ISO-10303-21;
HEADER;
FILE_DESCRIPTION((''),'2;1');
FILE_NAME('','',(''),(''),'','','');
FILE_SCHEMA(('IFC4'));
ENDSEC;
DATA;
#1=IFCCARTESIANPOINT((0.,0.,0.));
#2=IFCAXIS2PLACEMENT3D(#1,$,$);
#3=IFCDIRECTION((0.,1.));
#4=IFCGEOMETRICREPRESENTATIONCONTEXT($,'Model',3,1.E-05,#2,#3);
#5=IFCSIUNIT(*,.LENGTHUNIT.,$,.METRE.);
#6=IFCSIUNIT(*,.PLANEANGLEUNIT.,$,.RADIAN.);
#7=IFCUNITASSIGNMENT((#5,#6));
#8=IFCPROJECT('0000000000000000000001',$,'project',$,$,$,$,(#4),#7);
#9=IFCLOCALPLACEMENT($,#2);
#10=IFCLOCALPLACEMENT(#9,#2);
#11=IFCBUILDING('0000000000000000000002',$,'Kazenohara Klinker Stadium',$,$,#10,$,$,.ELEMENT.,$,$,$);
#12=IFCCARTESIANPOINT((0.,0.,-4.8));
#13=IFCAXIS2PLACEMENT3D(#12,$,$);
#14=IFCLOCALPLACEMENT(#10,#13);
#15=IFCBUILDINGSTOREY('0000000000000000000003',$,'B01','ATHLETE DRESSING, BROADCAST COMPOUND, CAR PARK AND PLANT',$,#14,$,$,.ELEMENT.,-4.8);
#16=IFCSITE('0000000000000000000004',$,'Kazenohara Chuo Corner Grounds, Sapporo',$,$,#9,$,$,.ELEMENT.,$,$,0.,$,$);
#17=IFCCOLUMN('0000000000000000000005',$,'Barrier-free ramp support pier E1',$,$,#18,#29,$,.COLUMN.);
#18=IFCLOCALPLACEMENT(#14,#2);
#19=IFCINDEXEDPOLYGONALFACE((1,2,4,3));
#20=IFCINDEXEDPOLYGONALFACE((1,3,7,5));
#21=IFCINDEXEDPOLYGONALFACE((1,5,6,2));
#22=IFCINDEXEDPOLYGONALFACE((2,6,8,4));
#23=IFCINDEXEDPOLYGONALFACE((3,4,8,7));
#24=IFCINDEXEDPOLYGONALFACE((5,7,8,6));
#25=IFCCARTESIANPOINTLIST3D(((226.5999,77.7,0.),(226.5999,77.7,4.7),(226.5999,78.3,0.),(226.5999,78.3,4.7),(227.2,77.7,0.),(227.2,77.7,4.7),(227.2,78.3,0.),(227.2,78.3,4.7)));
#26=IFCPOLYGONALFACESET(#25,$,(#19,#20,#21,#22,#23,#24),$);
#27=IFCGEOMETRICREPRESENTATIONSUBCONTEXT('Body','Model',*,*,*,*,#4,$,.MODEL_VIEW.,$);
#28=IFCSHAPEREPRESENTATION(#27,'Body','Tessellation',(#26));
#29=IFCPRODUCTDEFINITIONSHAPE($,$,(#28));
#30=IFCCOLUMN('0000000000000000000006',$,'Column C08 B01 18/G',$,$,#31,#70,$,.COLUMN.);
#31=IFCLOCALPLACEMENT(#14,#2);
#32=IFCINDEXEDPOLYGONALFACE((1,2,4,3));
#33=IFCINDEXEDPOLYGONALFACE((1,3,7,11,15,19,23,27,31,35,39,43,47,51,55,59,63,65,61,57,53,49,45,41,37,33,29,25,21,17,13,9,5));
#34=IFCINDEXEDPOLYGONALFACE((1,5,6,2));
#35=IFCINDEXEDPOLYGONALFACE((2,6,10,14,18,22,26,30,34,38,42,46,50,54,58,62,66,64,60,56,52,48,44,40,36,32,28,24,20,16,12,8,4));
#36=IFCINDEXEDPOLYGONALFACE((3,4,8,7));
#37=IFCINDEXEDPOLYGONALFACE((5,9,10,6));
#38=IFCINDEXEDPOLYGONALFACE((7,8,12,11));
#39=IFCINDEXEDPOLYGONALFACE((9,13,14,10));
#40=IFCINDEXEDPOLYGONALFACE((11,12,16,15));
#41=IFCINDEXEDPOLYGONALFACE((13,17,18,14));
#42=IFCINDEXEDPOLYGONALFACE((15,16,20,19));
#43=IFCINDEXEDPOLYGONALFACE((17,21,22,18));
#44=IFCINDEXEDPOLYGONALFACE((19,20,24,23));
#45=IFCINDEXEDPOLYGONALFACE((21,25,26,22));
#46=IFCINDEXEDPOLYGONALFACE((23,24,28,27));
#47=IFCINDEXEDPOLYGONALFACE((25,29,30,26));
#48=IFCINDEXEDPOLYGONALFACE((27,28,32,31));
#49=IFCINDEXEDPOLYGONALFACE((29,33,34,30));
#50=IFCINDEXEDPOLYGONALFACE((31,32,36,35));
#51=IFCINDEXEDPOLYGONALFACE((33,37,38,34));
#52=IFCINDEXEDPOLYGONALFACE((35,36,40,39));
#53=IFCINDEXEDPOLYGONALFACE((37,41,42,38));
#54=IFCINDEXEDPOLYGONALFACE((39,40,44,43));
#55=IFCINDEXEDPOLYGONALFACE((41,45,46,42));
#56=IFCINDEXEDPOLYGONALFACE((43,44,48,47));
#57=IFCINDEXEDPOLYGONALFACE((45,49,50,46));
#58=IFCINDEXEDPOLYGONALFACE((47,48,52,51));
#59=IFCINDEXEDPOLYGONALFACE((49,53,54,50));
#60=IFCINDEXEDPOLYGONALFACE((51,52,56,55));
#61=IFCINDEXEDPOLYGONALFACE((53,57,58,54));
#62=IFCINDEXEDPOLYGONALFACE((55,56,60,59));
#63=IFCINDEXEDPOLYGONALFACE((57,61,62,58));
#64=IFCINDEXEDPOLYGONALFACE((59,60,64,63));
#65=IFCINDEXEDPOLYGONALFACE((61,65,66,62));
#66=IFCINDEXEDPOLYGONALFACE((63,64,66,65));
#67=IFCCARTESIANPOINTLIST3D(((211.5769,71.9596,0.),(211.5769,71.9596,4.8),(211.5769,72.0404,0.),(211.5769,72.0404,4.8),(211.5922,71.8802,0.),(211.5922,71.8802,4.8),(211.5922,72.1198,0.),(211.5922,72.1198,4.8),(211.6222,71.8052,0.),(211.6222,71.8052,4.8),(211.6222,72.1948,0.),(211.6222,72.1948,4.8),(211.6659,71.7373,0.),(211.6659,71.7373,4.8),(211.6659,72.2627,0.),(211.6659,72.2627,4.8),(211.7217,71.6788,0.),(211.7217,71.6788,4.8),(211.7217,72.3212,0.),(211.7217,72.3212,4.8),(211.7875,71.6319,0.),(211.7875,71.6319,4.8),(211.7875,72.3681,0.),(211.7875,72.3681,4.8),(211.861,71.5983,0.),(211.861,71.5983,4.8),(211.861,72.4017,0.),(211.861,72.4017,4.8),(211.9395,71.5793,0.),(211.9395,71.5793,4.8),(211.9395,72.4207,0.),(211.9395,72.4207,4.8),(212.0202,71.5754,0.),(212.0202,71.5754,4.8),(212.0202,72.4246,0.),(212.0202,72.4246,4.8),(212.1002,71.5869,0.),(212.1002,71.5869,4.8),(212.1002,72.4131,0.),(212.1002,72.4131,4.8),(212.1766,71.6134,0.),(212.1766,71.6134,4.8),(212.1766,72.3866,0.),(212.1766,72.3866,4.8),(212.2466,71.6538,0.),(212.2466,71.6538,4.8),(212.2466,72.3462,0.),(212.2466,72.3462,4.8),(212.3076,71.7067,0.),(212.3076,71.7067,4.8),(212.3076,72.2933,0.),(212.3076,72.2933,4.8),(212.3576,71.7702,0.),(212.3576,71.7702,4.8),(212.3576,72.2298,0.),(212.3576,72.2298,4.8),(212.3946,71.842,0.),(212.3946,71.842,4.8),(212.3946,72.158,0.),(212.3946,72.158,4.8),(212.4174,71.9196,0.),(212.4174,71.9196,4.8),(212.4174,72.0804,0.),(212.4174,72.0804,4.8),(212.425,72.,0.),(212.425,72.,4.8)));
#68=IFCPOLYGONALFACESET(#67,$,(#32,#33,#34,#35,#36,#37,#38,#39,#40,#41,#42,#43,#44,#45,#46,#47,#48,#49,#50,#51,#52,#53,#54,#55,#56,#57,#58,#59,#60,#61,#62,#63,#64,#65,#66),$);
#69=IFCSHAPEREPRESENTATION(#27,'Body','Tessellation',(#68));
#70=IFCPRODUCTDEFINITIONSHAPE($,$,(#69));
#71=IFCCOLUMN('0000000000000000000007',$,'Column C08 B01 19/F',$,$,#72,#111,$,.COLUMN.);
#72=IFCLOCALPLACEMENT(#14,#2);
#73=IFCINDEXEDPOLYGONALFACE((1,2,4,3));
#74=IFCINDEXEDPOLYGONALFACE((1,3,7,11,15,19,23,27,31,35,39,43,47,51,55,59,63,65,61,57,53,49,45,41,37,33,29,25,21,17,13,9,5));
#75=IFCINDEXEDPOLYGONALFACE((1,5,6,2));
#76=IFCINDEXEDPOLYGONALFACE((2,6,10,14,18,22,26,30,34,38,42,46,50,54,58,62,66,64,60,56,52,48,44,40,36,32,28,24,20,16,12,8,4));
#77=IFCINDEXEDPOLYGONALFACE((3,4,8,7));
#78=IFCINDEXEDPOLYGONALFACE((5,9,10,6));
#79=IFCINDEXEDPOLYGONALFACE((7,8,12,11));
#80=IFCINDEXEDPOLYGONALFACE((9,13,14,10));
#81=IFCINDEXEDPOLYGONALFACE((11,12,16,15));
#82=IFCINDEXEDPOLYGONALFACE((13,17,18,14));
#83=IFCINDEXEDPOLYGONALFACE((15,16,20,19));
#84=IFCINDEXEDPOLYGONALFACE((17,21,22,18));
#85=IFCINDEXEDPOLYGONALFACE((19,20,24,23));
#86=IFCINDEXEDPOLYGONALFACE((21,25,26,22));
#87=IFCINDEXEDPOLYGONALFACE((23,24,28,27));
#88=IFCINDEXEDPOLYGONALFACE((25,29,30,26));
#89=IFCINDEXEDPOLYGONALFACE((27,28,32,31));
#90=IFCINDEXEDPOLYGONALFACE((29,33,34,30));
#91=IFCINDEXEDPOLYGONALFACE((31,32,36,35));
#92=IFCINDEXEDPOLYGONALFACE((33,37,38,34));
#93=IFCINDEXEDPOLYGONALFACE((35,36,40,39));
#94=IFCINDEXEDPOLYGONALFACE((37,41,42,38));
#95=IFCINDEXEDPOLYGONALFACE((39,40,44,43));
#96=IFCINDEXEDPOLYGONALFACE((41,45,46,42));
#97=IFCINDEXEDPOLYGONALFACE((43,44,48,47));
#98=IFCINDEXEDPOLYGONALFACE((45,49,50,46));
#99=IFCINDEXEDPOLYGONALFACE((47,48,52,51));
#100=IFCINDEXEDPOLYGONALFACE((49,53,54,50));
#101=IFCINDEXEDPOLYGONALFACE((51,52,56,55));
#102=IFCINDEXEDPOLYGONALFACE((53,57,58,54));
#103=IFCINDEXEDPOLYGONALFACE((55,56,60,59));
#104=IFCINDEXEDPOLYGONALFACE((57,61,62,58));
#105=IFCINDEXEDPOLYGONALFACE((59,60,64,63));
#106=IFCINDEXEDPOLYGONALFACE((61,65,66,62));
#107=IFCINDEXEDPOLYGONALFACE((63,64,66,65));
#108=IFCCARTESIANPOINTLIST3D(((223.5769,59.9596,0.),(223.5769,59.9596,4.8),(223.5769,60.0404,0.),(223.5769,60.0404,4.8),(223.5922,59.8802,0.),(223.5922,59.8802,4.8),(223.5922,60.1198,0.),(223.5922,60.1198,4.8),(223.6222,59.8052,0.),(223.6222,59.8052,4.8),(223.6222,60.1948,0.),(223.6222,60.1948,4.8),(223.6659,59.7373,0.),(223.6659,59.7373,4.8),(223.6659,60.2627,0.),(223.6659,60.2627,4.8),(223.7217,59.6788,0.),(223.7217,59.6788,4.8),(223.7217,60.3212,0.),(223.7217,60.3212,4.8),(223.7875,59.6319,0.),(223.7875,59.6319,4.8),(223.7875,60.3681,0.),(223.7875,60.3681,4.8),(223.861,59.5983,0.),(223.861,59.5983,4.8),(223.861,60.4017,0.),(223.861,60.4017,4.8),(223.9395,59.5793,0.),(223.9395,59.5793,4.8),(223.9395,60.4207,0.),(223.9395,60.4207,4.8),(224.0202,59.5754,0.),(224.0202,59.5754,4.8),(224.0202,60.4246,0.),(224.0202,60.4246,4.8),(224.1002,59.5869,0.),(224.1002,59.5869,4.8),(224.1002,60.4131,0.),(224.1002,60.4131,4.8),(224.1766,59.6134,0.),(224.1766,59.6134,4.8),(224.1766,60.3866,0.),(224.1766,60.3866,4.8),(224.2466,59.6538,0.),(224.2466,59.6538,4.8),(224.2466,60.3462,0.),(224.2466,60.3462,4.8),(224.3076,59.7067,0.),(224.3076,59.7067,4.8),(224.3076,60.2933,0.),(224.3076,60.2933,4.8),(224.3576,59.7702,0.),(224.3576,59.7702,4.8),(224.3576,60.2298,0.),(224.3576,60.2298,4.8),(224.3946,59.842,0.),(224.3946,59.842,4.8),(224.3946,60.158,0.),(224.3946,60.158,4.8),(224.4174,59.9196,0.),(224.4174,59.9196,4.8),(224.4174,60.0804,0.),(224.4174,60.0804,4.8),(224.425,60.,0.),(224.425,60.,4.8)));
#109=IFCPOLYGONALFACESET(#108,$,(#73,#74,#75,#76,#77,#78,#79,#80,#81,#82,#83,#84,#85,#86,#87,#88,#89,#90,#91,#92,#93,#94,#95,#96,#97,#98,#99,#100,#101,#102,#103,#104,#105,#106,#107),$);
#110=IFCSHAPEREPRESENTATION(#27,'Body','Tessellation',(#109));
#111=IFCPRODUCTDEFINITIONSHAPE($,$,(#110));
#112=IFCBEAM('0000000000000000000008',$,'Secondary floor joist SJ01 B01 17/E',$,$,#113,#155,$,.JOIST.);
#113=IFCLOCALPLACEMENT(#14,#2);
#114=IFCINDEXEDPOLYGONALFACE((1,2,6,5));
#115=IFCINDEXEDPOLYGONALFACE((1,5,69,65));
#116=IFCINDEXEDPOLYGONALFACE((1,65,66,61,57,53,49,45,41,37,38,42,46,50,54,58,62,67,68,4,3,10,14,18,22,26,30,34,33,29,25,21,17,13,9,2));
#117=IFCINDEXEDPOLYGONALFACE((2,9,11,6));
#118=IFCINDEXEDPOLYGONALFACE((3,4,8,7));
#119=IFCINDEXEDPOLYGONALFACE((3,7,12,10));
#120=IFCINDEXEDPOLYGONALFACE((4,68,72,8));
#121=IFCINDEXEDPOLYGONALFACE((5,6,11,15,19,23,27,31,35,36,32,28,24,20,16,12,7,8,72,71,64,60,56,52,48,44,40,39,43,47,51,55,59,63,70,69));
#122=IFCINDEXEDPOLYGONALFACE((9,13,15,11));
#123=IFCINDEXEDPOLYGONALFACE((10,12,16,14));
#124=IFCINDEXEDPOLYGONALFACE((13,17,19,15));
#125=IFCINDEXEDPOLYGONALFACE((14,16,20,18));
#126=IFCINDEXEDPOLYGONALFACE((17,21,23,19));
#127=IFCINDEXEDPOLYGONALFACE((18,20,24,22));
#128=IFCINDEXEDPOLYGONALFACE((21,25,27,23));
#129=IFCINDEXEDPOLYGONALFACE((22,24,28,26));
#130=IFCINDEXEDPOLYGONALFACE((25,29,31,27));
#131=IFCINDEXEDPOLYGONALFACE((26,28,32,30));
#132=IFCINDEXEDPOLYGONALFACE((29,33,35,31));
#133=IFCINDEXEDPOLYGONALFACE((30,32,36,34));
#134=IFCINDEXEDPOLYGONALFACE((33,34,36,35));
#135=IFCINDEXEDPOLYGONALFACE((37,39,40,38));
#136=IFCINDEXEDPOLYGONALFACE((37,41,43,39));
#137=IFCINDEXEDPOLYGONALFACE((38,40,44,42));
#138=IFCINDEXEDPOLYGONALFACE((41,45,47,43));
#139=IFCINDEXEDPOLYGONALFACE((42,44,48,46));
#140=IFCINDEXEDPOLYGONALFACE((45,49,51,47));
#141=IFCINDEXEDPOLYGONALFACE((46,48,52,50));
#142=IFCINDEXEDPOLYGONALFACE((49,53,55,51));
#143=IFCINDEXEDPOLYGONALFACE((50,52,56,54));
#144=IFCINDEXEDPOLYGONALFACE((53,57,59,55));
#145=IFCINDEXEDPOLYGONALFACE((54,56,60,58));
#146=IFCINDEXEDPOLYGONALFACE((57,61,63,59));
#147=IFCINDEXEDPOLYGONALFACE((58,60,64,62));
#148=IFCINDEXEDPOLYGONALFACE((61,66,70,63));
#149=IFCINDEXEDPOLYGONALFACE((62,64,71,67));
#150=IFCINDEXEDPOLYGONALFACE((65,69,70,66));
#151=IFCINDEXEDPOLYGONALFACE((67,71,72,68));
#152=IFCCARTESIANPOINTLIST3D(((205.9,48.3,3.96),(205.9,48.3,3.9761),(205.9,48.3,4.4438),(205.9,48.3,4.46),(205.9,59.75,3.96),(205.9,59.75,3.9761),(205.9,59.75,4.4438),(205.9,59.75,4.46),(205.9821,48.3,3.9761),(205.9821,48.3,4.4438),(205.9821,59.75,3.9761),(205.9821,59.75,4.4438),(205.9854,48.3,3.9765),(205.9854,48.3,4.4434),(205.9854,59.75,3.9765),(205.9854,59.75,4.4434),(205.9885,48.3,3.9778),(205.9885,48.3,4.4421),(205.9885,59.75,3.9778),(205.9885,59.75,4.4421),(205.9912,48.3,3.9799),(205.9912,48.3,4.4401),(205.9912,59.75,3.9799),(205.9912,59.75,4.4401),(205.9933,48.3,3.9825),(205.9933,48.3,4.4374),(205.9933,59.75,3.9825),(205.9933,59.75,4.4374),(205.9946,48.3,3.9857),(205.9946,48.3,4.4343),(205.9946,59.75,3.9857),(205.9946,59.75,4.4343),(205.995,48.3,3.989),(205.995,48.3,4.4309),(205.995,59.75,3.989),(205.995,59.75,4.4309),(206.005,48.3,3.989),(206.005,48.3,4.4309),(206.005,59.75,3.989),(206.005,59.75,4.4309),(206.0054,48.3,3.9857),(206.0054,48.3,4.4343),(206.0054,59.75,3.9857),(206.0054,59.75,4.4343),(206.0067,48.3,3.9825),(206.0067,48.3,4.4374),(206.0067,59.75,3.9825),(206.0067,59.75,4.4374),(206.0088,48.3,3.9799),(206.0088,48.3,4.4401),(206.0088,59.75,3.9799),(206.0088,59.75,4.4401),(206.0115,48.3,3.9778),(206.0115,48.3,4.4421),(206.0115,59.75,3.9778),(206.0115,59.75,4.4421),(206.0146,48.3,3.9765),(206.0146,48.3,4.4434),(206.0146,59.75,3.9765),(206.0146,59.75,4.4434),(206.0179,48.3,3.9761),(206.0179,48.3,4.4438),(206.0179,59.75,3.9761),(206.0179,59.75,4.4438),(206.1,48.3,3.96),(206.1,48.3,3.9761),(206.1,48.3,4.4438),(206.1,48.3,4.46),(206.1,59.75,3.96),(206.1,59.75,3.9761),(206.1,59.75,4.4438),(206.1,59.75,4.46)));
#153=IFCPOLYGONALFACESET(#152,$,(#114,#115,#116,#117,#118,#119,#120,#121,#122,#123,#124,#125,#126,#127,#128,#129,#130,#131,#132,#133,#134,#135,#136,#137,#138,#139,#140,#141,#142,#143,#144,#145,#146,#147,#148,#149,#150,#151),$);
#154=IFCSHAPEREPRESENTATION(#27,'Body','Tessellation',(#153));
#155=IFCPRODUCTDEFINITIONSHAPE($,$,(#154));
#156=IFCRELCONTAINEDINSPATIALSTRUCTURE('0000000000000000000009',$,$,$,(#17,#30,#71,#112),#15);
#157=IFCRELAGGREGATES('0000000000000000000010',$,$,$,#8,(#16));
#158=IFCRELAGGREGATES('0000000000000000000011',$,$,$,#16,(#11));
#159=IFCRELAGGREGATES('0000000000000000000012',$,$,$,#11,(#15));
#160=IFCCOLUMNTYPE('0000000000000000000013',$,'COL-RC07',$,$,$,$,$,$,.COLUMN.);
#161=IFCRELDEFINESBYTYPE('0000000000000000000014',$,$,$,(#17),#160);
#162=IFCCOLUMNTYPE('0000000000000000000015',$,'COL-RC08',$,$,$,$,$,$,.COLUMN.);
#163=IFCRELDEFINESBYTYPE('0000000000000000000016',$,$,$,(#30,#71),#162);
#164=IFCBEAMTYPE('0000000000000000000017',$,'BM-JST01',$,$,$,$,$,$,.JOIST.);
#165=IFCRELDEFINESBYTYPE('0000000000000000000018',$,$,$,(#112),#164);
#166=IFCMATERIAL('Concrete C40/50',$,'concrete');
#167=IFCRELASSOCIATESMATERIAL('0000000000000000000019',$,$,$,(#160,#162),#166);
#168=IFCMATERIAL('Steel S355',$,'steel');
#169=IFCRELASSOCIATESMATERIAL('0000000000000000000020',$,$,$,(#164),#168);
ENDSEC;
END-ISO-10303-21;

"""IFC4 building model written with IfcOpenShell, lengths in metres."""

from ifc_helpers import new_model, si_unit, direction, frame, origin, origin_2d, place, context, subcontext, project, spatial, rectangle, circle, i_section, extrude, material, material_profile, profile_set, type_object, element, save


model = new_model("IFC4")

# Units and contexts
model_context = context("Model", 3, precision=1e-05, world=origin(), true_north=direction((0.0, 1.0)))
body_context = subcontext(model_context, "Body", "Model", "MODEL_VIEW")
ifc_project = project(units=[si_unit("LENGTHUNIT", "METRE"), si_unit("PLANEANGLEUNIT", "RADIAN")], contexts=[model_context])

# Site, building, storey
site_placement = place(None, origin())
site = spatial("IfcSite", under=ifc_project, at=site_placement, Name="Kazenohara Chuo Corner Grounds, Sapporo", CompositionType="ELEMENT", RefElevation=0.0)
building_placement = place(site_placement, origin())
building = spatial("IfcBuilding", under=site, at=building_placement, Name="Kazenohara Klinker Stadium", CompositionType="ELEMENT")
storey_placement = place(building_placement, frame((0.0, 0.0, -4.8)))
storey = spatial("IfcBuildingStorey", under=building, at=storey_placement, Name="B01", Description="ATHLETE DRESSING, BROADCAST COMPOUND, CAR PARK AND PLANT", CompositionType="ELEMENT", Elevation=-4.8)

# Columns
ifc_material_1 = material(Name="Concrete C40/50", Category="concrete")
ifc_material_profile_1 = material_profile(ifc_material_1, rectangle(XDim=0.6001, YDim=0.6001, at=origin_2d()), Name="RC-COL-600x600")
ifc_profile_set_1 = profile_set([ifc_material_profile_1], Name="Concrete C40/50")
column_type_1 = type_object("IfcColumnType", Name="COL-RC07", PredefinedType="COLUMN", material=ifc_profile_set_1)
column_placement = place(storey_placement, frame((226.8999, 78.0, 0.0), z_axis=(0.0, 0.0, 1.0), x_axis=(1.0, 0.0, 0.0)))
element("IfcColumn", 1, at=column_placement, inside=storey, type_object=column_type_1, Name="Barrier-free ramp support pier E1", PredefinedType="COLUMN", context=body_context, shape_type="SweptSolid", body=[
    extrude(rectangle(XDim=0.6001, YDim=0.6001, at=origin_2d()), origin(), (0.0, 0.0, 1.0), 4.7),
])
ifc_material_profile_2 = material_profile(ifc_material_1, circle(Radius=0.425, at=origin_2d()), Name="RC-COL-D850")
ifc_profile_set_2 = profile_set([ifc_material_profile_2], Name="Concrete C40/50")
column_type_2 = type_object("IfcColumnType", Name="COL-RC08", PredefinedType="COLUMN", material=ifc_profile_set_2)
for number, where, z_axis, x_axis, name in (
    (2, (212.0, 72.0, 0.0), (0.0, 0.0, 1.0), (1.0, 0.0, 0.0), "Column C08 B01 18/G"),
    (3, (224.0, 60.0, 0.0), (0.0, 0.0, 1.0), (1.0, 0.0, 0.0), "Column C08 B01 19/F"),
):
    element("IfcColumn", number, at=place(storey_placement, frame(where, z_axis=z_axis, x_axis=x_axis)), inside=storey, type_object=column_type_2, Name=name, PredefinedType="COLUMN", context=body_context, shape_type="SweptSolid", body=[
        extrude(circle(Radius=0.425, at=origin_2d()), origin(), (0.0, 0.0, 1.0), 4.8),
    ])

# Beam
ifc_material_2 = material(Name="Steel S355", Category="steel")
ifc_material_profile_3 = material_profile(ifc_material_2, i_section(OverallWidth=0.2, OverallDepth=0.5, WebThickness=0.01, FlangeThickness=0.0161, FilletRadius=0.0129, at=origin_2d()), Name="H-500x200x10x16")
ifc_profile_set_3 = profile_set([ifc_material_profile_3], Name="Steel S355")
beam_type_1 = type_object("IfcBeamType", Name="BM-JST01", PredefinedType="JOIST", material=ifc_profile_set_3)
beam_1_placement = place(storey_placement, frame((206.0, 48.3, 4.21), z_axis=(0.0, 1.0, 0.0), x_axis=(-1.0, 0.0, 0.0)))
element("IfcBeam", 4, at=beam_1_placement, inside=storey, type_object=beam_type_1, Name="Secondary floor joist SJ01 B01 17/E", PredefinedType="JOIST", context=body_context, shape_type="SweptSolid", body=[
    extrude(i_section(OverallWidth=0.2, OverallDepth=0.5, WebThickness=0.01, FlangeThickness=0.0161, FilletRadius=0.0129, at=origin_2d()), origin(), (0.0, 0.0, 1.0), 11.45),
])

save(model, "model.ifc")
